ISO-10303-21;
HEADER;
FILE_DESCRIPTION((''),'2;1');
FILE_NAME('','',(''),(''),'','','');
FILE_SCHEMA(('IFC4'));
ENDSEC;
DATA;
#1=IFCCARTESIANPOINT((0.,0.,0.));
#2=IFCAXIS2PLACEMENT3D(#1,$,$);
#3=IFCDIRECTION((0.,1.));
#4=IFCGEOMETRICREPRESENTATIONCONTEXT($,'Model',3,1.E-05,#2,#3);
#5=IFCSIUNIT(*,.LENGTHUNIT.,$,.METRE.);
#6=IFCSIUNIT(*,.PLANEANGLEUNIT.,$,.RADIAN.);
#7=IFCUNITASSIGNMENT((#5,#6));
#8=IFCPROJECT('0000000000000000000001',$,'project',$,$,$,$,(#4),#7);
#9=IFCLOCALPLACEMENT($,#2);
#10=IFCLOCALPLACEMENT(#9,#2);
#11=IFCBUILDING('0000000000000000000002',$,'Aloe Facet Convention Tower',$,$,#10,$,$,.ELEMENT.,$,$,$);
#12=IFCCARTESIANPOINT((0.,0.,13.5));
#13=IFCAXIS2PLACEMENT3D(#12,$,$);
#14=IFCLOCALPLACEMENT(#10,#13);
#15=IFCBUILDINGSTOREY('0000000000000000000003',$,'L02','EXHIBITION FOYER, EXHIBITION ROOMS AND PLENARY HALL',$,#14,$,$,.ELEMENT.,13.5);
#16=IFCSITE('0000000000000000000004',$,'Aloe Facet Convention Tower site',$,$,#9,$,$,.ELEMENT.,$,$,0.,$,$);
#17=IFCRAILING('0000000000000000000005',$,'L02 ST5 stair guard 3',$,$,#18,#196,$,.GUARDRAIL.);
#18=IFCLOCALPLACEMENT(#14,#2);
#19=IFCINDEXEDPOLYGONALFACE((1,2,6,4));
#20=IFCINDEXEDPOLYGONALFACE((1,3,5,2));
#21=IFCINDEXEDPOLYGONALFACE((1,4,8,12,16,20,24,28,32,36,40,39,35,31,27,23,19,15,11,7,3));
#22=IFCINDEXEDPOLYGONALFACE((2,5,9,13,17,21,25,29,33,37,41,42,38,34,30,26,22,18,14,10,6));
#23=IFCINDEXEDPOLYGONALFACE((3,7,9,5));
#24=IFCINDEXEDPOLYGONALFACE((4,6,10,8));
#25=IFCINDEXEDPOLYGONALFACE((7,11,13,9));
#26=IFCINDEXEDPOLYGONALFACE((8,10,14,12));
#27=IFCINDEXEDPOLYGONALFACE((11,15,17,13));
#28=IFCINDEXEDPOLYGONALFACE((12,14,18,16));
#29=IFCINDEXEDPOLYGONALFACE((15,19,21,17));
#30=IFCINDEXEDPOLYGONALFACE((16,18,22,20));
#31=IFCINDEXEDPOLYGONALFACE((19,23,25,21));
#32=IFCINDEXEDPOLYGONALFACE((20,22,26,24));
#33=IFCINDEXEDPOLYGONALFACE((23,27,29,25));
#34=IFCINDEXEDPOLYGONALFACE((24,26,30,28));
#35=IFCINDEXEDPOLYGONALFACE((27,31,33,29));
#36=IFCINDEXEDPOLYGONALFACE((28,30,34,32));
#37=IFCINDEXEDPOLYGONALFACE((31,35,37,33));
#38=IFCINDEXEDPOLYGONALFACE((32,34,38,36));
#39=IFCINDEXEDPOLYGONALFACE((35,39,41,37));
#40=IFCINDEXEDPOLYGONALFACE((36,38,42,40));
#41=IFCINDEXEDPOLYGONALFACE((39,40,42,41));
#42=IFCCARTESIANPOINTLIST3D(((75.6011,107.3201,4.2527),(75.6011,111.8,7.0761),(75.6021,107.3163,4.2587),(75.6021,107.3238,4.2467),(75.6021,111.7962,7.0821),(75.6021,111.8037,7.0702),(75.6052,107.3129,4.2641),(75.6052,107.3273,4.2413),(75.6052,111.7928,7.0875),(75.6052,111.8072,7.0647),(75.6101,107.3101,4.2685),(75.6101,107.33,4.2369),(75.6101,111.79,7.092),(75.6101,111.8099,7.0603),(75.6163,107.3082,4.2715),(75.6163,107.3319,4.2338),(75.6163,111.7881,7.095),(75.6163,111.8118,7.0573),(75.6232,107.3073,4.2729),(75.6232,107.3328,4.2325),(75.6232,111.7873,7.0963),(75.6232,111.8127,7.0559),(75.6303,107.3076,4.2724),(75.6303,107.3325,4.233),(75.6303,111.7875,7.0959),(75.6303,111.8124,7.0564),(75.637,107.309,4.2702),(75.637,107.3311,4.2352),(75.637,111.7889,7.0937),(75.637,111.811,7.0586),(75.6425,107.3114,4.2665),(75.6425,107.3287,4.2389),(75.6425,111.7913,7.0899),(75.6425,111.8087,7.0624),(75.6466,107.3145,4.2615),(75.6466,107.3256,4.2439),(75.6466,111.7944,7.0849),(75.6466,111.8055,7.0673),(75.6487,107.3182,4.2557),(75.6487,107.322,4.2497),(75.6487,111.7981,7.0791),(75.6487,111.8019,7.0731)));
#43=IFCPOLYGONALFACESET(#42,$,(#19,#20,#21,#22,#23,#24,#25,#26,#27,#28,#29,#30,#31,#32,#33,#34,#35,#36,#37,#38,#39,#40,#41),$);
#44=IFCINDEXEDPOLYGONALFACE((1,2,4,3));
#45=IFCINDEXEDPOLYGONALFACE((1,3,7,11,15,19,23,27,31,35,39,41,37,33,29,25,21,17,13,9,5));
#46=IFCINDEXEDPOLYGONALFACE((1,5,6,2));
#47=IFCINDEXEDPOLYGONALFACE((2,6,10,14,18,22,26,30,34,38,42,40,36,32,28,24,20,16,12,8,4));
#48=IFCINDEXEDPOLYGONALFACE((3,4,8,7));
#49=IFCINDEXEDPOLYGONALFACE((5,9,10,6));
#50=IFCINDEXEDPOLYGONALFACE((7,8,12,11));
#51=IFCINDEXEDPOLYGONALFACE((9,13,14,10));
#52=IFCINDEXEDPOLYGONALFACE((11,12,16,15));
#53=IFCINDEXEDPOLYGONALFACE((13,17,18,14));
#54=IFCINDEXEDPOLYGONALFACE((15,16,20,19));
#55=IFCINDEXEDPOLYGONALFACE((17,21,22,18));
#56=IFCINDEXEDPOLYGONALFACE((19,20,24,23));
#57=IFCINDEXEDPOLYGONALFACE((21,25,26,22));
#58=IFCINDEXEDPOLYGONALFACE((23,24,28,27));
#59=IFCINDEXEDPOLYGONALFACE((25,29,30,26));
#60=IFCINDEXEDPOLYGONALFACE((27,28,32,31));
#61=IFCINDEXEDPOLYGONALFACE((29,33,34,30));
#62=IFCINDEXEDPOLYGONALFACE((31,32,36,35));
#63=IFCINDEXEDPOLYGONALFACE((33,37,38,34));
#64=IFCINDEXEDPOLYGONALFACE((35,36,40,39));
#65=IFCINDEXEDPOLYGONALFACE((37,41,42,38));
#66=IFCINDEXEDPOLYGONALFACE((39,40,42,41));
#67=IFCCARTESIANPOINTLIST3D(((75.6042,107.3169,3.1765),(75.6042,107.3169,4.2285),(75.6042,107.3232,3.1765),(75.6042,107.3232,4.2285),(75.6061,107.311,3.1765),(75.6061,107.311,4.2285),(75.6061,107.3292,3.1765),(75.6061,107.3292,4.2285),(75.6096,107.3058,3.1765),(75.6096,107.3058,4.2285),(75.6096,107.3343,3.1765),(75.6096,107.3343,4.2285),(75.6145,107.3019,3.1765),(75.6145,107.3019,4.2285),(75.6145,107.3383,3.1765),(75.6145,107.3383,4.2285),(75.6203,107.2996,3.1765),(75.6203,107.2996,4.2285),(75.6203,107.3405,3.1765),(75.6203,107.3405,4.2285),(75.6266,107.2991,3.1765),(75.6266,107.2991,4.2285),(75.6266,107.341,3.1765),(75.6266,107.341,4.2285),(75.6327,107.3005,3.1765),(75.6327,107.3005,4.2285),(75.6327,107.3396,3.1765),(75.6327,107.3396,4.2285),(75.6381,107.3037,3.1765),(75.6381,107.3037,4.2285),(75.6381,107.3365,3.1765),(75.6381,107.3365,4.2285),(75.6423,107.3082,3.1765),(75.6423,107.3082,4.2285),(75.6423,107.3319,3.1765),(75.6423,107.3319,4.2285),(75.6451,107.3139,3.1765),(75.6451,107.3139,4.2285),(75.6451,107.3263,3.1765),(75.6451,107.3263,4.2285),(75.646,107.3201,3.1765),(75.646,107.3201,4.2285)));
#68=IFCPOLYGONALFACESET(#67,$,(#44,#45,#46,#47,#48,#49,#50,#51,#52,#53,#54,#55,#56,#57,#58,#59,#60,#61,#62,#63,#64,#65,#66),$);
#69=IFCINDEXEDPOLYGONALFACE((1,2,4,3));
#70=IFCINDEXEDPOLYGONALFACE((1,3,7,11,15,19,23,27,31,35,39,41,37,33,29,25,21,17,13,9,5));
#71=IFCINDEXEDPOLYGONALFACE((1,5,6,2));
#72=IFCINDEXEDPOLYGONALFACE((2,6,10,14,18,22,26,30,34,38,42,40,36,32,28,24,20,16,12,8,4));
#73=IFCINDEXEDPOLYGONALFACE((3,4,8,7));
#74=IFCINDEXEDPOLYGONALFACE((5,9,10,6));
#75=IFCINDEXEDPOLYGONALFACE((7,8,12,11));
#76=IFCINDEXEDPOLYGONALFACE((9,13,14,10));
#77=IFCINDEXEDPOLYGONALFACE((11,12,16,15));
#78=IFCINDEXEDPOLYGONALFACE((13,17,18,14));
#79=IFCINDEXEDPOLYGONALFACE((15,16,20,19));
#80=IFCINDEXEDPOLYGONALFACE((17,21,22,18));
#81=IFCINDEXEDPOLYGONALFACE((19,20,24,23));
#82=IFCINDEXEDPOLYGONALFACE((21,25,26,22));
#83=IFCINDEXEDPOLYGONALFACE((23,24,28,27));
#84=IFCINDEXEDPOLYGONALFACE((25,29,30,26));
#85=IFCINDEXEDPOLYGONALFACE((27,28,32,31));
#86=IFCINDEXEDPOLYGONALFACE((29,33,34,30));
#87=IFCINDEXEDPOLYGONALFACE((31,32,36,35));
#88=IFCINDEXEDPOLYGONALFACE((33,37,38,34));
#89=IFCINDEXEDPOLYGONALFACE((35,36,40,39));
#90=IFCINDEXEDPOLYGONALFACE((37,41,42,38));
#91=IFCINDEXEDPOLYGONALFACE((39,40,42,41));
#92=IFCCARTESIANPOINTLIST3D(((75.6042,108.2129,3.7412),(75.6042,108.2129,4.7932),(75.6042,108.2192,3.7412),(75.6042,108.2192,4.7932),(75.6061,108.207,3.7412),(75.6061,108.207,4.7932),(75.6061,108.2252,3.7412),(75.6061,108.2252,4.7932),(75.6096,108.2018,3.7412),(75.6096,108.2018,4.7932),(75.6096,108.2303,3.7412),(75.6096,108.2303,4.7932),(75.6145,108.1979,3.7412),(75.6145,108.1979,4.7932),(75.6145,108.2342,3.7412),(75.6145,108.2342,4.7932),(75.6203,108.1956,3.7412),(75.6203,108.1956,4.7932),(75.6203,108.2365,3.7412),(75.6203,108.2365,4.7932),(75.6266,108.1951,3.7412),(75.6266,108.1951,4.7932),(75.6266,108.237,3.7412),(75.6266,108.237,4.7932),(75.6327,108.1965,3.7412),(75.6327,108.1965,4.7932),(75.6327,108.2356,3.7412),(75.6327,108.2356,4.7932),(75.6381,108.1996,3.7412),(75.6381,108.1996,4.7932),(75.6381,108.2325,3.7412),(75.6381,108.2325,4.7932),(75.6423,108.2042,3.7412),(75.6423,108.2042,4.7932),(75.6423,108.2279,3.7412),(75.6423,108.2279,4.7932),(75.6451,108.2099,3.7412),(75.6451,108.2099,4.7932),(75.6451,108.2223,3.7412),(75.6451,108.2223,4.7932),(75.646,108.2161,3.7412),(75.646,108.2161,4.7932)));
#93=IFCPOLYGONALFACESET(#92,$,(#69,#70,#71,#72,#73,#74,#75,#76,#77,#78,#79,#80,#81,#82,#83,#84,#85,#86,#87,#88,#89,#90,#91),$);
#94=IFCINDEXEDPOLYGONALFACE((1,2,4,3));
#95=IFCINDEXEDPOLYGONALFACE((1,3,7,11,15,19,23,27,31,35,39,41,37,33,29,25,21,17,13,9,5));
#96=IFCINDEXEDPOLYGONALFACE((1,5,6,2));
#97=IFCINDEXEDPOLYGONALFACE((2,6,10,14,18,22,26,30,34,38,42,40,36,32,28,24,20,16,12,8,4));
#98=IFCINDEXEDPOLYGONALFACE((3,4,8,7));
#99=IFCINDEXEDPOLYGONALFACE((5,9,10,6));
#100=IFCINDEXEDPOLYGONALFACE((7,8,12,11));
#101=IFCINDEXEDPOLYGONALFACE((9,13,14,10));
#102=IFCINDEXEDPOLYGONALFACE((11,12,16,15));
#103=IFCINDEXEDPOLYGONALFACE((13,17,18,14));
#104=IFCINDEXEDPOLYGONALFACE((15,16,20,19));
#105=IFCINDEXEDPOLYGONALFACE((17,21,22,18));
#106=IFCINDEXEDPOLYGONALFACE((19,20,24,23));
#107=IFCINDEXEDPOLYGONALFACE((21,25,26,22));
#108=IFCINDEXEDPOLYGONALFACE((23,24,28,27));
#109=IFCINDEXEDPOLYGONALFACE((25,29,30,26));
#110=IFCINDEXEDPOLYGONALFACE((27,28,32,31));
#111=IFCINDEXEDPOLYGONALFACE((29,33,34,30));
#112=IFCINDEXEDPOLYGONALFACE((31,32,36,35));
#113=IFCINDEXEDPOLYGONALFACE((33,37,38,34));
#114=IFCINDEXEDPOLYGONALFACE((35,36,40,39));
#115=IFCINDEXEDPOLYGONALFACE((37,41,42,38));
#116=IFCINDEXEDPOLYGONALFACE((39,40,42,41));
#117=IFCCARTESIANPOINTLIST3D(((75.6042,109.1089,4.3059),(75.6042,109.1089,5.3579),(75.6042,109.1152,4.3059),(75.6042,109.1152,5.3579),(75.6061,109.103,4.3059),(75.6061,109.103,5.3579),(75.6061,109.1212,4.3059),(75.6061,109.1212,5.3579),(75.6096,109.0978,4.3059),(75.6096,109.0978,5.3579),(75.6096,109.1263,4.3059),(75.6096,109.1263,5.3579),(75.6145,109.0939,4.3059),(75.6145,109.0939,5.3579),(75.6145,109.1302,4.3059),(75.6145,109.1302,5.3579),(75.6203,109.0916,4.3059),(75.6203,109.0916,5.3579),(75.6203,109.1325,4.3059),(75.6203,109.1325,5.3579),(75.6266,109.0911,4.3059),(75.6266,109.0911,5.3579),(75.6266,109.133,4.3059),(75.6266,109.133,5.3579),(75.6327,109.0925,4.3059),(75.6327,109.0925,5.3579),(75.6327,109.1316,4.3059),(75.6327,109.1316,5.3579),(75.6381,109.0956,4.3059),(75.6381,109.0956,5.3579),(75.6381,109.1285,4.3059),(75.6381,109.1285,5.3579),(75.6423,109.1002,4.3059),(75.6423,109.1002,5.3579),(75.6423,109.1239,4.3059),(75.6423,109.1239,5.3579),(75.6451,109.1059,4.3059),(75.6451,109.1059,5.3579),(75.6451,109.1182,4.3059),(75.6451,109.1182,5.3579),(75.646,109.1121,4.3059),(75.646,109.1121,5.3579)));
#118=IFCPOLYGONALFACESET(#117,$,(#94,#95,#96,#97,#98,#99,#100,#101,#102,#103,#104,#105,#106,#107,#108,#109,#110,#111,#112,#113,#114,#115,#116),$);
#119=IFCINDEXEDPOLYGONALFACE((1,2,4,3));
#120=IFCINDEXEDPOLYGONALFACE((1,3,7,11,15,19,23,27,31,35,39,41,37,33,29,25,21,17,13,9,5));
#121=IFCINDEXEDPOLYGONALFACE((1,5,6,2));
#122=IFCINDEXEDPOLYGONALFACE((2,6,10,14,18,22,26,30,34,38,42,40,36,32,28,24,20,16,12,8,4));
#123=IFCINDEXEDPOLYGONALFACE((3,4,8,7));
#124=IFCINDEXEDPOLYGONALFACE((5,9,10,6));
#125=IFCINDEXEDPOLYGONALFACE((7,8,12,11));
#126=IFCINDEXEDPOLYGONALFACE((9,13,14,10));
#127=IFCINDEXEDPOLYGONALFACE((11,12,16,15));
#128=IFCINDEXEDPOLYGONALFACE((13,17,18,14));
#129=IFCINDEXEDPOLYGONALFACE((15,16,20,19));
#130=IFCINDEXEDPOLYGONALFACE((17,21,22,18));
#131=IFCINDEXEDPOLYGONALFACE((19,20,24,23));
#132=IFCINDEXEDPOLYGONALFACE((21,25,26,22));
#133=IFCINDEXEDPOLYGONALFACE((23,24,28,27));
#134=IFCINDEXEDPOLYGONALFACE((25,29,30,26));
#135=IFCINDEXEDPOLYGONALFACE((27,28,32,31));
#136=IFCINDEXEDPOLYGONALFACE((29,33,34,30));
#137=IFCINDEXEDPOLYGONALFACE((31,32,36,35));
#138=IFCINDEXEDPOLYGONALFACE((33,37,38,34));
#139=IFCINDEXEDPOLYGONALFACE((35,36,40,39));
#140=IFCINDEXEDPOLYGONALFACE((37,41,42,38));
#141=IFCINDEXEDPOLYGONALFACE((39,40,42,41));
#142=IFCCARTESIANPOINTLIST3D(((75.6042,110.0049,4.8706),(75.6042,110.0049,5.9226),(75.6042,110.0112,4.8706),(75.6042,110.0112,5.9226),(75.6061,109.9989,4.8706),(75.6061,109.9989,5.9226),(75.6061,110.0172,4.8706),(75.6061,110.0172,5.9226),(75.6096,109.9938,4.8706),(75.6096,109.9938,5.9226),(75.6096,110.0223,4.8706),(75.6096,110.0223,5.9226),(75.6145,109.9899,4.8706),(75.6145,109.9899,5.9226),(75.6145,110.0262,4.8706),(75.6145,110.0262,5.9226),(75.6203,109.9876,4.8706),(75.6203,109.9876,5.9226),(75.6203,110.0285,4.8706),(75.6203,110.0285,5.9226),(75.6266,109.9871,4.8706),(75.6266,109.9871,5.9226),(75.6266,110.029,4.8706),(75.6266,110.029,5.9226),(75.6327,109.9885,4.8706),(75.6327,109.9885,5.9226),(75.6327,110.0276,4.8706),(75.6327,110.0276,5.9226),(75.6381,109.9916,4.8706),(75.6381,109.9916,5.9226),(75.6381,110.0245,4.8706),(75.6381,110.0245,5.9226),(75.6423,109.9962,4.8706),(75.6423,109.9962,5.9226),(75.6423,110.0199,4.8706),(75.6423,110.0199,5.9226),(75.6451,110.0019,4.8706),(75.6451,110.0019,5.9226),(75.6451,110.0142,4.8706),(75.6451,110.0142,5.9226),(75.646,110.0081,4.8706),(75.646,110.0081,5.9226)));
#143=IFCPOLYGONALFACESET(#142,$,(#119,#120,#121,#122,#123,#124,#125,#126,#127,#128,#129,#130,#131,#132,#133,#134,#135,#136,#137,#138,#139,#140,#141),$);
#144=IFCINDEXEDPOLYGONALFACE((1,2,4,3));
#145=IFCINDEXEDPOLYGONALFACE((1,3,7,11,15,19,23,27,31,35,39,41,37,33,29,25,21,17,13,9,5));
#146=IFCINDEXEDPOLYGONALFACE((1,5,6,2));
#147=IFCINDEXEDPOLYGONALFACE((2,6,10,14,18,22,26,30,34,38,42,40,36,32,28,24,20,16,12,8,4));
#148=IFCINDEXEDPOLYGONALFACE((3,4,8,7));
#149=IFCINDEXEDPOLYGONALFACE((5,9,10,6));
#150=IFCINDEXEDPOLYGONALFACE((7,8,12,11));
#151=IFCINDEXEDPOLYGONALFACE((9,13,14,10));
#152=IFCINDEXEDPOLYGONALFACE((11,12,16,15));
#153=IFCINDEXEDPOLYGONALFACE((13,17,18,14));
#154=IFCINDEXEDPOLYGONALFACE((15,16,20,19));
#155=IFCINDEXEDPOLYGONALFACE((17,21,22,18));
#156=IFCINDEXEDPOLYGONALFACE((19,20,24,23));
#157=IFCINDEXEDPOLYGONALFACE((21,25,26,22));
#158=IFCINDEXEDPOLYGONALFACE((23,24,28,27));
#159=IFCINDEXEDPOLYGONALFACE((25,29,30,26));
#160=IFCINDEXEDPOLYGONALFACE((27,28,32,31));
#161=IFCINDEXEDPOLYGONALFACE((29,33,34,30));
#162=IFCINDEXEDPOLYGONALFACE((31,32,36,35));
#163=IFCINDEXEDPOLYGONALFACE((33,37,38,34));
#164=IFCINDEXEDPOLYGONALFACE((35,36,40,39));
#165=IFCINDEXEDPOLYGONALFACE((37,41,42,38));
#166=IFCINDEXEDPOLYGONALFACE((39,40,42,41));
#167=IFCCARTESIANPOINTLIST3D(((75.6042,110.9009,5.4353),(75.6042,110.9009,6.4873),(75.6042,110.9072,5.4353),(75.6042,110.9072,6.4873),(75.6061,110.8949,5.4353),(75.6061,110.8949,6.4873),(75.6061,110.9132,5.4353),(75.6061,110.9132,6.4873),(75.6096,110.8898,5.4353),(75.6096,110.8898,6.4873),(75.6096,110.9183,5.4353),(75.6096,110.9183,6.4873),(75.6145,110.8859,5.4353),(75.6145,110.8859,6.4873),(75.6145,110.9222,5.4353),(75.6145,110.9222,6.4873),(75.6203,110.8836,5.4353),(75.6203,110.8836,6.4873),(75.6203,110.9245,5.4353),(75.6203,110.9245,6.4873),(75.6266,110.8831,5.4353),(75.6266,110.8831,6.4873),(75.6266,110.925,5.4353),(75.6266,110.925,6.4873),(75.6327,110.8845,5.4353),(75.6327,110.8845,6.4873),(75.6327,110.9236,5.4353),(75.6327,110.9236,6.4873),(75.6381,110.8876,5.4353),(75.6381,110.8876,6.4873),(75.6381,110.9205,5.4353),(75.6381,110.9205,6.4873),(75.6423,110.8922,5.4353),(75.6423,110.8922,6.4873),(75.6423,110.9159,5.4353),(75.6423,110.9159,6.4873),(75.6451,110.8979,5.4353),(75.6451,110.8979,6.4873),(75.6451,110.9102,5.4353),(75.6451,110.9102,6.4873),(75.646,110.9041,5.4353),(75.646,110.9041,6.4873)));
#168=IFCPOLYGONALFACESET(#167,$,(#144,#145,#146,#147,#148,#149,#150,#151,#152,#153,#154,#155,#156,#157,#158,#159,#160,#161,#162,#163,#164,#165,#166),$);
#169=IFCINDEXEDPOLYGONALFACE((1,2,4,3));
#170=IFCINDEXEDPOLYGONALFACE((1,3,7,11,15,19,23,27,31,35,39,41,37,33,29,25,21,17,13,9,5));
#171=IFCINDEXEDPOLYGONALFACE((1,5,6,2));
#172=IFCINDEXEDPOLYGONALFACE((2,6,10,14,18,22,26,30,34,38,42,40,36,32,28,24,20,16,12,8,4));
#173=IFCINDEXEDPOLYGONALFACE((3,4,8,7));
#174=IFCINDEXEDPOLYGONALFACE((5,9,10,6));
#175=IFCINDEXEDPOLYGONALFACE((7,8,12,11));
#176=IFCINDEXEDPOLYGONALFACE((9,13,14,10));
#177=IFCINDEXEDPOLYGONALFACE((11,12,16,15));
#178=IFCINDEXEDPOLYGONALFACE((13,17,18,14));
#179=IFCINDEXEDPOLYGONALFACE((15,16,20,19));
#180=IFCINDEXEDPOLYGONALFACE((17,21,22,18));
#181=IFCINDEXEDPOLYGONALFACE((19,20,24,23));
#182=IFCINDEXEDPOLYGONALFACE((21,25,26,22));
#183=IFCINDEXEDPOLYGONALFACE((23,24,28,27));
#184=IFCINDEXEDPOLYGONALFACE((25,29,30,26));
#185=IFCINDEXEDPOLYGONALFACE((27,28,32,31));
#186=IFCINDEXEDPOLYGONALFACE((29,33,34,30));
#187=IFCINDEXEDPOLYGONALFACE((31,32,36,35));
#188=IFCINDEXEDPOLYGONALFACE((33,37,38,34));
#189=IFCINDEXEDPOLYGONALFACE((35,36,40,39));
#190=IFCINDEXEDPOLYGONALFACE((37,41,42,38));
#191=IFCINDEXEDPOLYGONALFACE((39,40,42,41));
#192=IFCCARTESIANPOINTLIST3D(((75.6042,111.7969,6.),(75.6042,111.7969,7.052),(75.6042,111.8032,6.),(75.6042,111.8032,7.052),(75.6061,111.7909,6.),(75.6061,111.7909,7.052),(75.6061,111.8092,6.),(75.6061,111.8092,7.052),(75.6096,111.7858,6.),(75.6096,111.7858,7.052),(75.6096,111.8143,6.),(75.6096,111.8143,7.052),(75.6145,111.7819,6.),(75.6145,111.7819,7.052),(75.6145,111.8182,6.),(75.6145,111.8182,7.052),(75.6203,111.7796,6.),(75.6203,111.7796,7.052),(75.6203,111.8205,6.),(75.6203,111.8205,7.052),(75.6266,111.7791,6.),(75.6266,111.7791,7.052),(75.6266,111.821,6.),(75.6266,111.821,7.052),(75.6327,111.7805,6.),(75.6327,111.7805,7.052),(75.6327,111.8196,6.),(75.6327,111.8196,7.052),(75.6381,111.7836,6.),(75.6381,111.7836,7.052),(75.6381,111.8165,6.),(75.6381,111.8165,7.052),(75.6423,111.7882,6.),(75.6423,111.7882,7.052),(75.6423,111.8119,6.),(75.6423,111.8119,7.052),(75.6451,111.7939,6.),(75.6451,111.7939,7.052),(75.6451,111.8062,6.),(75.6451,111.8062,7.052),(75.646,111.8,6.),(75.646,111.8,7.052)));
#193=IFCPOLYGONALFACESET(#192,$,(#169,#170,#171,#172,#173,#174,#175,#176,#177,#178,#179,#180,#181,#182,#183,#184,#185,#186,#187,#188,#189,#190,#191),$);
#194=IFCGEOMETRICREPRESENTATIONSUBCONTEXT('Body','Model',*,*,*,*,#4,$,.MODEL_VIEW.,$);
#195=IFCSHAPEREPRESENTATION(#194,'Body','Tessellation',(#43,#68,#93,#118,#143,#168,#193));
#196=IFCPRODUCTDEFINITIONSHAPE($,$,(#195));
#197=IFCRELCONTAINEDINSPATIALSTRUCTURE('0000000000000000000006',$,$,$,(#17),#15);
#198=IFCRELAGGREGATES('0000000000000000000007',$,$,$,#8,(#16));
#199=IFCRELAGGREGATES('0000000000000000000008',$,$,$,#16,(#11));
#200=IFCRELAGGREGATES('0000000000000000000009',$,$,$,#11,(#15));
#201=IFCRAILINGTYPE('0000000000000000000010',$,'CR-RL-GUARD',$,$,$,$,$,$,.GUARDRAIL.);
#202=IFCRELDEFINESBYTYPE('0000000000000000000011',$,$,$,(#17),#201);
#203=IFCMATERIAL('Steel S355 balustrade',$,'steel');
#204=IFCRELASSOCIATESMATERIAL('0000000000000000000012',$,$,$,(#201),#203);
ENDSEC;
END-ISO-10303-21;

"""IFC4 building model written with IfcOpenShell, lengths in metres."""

from ifc_helpers import new_model, si_unit, direction, frame, origin, origin_2d, place, context, subcontext, project, spatial, circle, extrude, material, type_object, element, save


model = new_model("IFC4")

# Units and contexts
model_context = context("Model", 3, precision=1e-05, world=origin(), true_north=direction((0.0, 1.0)))
body_context = subcontext(model_context, "Body", "Model", "MODEL_VIEW")
ifc_project = project(units=[si_unit("LENGTHUNIT", "METRE"), si_unit("PLANEANGLEUNIT", "RADIAN")], contexts=[model_context])

# Site, building, storey
site_placement = place(None, origin())
site = spatial("IfcSite", under=ifc_project, at=site_placement, Name="Aloe Facet Convention Tower site", CompositionType="ELEMENT", RefElevation=0.0)
building_placement = place(site_placement, origin())
building = spatial("IfcBuilding", under=site, at=building_placement, Name="Aloe Facet Convention Tower", CompositionType="ELEMENT")
storey_placement = place(building_placement, frame((0.0, 0.0, 13.5)))
storey = spatial("IfcBuildingStorey", under=building, at=storey_placement, Name="L02", Description="EXHIBITION FOYER, EXHIBITION ROOMS AND PLENARY HALL", CompositionType="ELEMENT", Elevation=13.5)

# Railing
ifc_material_1 = material(Name="Steel S355 balustrade", Category="steel")
railing_type = type_object("IfcRailingType", Name="CR-RL-GUARD", PredefinedType="GUARDRAIL", material=ifc_material_1)
railing_1_placement = place(storey_placement, frame((75.625, 107.3201, 3.1765)))
element("IfcRailing", 1, at=railing_1_placement, inside=storey, type_object=railing_type, Name="L02 ST5 stair guard 3", PredefinedType="GUARDRAIL", context=body_context, shape_type="SweptSolid", body=[
    extrude(circle(Radius=0.0239, at=origin_2d()), frame((0.0, 0.0, 1.0762), z_axis=(0.0, 0.845998, 0.533186), x_axis=(-1.0, 0.0, 0.0)), (0.0, 0.0, 1.0), 5.2954),
    extrude(circle(Radius=0.021, at=origin_2d()), origin(), (0.0, 0.0, 1.0), 1.052),
    extrude(circle(Radius=0.021, at=origin_2d()), frame((0.0, 0.896, 0.5647)), (0.0, 0.0, 1.0), 1.052),
    extrude(circle(Radius=0.021, at=origin_2d()), frame((0.0, 1.792, 1.1294)), (0.0, 0.0, 1.0), 1.052),
    extrude(circle(Radius=0.021, at=origin_2d()), frame((0.0, 2.688, 1.6941)), (0.0, 0.0, 1.0), 1.052),
    extrude(circle(Radius=0.021, at=origin_2d()), frame((0.0, 3.584, 2.2588)), (0.0, 0.0, 1.0), 1.052),
    extrude(circle(Radius=0.021, at=origin_2d()), frame((0.0, 4.48, 2.8235)), (0.0, 0.0, 1.0), 1.052),
])

save(model, "model.ifc")
